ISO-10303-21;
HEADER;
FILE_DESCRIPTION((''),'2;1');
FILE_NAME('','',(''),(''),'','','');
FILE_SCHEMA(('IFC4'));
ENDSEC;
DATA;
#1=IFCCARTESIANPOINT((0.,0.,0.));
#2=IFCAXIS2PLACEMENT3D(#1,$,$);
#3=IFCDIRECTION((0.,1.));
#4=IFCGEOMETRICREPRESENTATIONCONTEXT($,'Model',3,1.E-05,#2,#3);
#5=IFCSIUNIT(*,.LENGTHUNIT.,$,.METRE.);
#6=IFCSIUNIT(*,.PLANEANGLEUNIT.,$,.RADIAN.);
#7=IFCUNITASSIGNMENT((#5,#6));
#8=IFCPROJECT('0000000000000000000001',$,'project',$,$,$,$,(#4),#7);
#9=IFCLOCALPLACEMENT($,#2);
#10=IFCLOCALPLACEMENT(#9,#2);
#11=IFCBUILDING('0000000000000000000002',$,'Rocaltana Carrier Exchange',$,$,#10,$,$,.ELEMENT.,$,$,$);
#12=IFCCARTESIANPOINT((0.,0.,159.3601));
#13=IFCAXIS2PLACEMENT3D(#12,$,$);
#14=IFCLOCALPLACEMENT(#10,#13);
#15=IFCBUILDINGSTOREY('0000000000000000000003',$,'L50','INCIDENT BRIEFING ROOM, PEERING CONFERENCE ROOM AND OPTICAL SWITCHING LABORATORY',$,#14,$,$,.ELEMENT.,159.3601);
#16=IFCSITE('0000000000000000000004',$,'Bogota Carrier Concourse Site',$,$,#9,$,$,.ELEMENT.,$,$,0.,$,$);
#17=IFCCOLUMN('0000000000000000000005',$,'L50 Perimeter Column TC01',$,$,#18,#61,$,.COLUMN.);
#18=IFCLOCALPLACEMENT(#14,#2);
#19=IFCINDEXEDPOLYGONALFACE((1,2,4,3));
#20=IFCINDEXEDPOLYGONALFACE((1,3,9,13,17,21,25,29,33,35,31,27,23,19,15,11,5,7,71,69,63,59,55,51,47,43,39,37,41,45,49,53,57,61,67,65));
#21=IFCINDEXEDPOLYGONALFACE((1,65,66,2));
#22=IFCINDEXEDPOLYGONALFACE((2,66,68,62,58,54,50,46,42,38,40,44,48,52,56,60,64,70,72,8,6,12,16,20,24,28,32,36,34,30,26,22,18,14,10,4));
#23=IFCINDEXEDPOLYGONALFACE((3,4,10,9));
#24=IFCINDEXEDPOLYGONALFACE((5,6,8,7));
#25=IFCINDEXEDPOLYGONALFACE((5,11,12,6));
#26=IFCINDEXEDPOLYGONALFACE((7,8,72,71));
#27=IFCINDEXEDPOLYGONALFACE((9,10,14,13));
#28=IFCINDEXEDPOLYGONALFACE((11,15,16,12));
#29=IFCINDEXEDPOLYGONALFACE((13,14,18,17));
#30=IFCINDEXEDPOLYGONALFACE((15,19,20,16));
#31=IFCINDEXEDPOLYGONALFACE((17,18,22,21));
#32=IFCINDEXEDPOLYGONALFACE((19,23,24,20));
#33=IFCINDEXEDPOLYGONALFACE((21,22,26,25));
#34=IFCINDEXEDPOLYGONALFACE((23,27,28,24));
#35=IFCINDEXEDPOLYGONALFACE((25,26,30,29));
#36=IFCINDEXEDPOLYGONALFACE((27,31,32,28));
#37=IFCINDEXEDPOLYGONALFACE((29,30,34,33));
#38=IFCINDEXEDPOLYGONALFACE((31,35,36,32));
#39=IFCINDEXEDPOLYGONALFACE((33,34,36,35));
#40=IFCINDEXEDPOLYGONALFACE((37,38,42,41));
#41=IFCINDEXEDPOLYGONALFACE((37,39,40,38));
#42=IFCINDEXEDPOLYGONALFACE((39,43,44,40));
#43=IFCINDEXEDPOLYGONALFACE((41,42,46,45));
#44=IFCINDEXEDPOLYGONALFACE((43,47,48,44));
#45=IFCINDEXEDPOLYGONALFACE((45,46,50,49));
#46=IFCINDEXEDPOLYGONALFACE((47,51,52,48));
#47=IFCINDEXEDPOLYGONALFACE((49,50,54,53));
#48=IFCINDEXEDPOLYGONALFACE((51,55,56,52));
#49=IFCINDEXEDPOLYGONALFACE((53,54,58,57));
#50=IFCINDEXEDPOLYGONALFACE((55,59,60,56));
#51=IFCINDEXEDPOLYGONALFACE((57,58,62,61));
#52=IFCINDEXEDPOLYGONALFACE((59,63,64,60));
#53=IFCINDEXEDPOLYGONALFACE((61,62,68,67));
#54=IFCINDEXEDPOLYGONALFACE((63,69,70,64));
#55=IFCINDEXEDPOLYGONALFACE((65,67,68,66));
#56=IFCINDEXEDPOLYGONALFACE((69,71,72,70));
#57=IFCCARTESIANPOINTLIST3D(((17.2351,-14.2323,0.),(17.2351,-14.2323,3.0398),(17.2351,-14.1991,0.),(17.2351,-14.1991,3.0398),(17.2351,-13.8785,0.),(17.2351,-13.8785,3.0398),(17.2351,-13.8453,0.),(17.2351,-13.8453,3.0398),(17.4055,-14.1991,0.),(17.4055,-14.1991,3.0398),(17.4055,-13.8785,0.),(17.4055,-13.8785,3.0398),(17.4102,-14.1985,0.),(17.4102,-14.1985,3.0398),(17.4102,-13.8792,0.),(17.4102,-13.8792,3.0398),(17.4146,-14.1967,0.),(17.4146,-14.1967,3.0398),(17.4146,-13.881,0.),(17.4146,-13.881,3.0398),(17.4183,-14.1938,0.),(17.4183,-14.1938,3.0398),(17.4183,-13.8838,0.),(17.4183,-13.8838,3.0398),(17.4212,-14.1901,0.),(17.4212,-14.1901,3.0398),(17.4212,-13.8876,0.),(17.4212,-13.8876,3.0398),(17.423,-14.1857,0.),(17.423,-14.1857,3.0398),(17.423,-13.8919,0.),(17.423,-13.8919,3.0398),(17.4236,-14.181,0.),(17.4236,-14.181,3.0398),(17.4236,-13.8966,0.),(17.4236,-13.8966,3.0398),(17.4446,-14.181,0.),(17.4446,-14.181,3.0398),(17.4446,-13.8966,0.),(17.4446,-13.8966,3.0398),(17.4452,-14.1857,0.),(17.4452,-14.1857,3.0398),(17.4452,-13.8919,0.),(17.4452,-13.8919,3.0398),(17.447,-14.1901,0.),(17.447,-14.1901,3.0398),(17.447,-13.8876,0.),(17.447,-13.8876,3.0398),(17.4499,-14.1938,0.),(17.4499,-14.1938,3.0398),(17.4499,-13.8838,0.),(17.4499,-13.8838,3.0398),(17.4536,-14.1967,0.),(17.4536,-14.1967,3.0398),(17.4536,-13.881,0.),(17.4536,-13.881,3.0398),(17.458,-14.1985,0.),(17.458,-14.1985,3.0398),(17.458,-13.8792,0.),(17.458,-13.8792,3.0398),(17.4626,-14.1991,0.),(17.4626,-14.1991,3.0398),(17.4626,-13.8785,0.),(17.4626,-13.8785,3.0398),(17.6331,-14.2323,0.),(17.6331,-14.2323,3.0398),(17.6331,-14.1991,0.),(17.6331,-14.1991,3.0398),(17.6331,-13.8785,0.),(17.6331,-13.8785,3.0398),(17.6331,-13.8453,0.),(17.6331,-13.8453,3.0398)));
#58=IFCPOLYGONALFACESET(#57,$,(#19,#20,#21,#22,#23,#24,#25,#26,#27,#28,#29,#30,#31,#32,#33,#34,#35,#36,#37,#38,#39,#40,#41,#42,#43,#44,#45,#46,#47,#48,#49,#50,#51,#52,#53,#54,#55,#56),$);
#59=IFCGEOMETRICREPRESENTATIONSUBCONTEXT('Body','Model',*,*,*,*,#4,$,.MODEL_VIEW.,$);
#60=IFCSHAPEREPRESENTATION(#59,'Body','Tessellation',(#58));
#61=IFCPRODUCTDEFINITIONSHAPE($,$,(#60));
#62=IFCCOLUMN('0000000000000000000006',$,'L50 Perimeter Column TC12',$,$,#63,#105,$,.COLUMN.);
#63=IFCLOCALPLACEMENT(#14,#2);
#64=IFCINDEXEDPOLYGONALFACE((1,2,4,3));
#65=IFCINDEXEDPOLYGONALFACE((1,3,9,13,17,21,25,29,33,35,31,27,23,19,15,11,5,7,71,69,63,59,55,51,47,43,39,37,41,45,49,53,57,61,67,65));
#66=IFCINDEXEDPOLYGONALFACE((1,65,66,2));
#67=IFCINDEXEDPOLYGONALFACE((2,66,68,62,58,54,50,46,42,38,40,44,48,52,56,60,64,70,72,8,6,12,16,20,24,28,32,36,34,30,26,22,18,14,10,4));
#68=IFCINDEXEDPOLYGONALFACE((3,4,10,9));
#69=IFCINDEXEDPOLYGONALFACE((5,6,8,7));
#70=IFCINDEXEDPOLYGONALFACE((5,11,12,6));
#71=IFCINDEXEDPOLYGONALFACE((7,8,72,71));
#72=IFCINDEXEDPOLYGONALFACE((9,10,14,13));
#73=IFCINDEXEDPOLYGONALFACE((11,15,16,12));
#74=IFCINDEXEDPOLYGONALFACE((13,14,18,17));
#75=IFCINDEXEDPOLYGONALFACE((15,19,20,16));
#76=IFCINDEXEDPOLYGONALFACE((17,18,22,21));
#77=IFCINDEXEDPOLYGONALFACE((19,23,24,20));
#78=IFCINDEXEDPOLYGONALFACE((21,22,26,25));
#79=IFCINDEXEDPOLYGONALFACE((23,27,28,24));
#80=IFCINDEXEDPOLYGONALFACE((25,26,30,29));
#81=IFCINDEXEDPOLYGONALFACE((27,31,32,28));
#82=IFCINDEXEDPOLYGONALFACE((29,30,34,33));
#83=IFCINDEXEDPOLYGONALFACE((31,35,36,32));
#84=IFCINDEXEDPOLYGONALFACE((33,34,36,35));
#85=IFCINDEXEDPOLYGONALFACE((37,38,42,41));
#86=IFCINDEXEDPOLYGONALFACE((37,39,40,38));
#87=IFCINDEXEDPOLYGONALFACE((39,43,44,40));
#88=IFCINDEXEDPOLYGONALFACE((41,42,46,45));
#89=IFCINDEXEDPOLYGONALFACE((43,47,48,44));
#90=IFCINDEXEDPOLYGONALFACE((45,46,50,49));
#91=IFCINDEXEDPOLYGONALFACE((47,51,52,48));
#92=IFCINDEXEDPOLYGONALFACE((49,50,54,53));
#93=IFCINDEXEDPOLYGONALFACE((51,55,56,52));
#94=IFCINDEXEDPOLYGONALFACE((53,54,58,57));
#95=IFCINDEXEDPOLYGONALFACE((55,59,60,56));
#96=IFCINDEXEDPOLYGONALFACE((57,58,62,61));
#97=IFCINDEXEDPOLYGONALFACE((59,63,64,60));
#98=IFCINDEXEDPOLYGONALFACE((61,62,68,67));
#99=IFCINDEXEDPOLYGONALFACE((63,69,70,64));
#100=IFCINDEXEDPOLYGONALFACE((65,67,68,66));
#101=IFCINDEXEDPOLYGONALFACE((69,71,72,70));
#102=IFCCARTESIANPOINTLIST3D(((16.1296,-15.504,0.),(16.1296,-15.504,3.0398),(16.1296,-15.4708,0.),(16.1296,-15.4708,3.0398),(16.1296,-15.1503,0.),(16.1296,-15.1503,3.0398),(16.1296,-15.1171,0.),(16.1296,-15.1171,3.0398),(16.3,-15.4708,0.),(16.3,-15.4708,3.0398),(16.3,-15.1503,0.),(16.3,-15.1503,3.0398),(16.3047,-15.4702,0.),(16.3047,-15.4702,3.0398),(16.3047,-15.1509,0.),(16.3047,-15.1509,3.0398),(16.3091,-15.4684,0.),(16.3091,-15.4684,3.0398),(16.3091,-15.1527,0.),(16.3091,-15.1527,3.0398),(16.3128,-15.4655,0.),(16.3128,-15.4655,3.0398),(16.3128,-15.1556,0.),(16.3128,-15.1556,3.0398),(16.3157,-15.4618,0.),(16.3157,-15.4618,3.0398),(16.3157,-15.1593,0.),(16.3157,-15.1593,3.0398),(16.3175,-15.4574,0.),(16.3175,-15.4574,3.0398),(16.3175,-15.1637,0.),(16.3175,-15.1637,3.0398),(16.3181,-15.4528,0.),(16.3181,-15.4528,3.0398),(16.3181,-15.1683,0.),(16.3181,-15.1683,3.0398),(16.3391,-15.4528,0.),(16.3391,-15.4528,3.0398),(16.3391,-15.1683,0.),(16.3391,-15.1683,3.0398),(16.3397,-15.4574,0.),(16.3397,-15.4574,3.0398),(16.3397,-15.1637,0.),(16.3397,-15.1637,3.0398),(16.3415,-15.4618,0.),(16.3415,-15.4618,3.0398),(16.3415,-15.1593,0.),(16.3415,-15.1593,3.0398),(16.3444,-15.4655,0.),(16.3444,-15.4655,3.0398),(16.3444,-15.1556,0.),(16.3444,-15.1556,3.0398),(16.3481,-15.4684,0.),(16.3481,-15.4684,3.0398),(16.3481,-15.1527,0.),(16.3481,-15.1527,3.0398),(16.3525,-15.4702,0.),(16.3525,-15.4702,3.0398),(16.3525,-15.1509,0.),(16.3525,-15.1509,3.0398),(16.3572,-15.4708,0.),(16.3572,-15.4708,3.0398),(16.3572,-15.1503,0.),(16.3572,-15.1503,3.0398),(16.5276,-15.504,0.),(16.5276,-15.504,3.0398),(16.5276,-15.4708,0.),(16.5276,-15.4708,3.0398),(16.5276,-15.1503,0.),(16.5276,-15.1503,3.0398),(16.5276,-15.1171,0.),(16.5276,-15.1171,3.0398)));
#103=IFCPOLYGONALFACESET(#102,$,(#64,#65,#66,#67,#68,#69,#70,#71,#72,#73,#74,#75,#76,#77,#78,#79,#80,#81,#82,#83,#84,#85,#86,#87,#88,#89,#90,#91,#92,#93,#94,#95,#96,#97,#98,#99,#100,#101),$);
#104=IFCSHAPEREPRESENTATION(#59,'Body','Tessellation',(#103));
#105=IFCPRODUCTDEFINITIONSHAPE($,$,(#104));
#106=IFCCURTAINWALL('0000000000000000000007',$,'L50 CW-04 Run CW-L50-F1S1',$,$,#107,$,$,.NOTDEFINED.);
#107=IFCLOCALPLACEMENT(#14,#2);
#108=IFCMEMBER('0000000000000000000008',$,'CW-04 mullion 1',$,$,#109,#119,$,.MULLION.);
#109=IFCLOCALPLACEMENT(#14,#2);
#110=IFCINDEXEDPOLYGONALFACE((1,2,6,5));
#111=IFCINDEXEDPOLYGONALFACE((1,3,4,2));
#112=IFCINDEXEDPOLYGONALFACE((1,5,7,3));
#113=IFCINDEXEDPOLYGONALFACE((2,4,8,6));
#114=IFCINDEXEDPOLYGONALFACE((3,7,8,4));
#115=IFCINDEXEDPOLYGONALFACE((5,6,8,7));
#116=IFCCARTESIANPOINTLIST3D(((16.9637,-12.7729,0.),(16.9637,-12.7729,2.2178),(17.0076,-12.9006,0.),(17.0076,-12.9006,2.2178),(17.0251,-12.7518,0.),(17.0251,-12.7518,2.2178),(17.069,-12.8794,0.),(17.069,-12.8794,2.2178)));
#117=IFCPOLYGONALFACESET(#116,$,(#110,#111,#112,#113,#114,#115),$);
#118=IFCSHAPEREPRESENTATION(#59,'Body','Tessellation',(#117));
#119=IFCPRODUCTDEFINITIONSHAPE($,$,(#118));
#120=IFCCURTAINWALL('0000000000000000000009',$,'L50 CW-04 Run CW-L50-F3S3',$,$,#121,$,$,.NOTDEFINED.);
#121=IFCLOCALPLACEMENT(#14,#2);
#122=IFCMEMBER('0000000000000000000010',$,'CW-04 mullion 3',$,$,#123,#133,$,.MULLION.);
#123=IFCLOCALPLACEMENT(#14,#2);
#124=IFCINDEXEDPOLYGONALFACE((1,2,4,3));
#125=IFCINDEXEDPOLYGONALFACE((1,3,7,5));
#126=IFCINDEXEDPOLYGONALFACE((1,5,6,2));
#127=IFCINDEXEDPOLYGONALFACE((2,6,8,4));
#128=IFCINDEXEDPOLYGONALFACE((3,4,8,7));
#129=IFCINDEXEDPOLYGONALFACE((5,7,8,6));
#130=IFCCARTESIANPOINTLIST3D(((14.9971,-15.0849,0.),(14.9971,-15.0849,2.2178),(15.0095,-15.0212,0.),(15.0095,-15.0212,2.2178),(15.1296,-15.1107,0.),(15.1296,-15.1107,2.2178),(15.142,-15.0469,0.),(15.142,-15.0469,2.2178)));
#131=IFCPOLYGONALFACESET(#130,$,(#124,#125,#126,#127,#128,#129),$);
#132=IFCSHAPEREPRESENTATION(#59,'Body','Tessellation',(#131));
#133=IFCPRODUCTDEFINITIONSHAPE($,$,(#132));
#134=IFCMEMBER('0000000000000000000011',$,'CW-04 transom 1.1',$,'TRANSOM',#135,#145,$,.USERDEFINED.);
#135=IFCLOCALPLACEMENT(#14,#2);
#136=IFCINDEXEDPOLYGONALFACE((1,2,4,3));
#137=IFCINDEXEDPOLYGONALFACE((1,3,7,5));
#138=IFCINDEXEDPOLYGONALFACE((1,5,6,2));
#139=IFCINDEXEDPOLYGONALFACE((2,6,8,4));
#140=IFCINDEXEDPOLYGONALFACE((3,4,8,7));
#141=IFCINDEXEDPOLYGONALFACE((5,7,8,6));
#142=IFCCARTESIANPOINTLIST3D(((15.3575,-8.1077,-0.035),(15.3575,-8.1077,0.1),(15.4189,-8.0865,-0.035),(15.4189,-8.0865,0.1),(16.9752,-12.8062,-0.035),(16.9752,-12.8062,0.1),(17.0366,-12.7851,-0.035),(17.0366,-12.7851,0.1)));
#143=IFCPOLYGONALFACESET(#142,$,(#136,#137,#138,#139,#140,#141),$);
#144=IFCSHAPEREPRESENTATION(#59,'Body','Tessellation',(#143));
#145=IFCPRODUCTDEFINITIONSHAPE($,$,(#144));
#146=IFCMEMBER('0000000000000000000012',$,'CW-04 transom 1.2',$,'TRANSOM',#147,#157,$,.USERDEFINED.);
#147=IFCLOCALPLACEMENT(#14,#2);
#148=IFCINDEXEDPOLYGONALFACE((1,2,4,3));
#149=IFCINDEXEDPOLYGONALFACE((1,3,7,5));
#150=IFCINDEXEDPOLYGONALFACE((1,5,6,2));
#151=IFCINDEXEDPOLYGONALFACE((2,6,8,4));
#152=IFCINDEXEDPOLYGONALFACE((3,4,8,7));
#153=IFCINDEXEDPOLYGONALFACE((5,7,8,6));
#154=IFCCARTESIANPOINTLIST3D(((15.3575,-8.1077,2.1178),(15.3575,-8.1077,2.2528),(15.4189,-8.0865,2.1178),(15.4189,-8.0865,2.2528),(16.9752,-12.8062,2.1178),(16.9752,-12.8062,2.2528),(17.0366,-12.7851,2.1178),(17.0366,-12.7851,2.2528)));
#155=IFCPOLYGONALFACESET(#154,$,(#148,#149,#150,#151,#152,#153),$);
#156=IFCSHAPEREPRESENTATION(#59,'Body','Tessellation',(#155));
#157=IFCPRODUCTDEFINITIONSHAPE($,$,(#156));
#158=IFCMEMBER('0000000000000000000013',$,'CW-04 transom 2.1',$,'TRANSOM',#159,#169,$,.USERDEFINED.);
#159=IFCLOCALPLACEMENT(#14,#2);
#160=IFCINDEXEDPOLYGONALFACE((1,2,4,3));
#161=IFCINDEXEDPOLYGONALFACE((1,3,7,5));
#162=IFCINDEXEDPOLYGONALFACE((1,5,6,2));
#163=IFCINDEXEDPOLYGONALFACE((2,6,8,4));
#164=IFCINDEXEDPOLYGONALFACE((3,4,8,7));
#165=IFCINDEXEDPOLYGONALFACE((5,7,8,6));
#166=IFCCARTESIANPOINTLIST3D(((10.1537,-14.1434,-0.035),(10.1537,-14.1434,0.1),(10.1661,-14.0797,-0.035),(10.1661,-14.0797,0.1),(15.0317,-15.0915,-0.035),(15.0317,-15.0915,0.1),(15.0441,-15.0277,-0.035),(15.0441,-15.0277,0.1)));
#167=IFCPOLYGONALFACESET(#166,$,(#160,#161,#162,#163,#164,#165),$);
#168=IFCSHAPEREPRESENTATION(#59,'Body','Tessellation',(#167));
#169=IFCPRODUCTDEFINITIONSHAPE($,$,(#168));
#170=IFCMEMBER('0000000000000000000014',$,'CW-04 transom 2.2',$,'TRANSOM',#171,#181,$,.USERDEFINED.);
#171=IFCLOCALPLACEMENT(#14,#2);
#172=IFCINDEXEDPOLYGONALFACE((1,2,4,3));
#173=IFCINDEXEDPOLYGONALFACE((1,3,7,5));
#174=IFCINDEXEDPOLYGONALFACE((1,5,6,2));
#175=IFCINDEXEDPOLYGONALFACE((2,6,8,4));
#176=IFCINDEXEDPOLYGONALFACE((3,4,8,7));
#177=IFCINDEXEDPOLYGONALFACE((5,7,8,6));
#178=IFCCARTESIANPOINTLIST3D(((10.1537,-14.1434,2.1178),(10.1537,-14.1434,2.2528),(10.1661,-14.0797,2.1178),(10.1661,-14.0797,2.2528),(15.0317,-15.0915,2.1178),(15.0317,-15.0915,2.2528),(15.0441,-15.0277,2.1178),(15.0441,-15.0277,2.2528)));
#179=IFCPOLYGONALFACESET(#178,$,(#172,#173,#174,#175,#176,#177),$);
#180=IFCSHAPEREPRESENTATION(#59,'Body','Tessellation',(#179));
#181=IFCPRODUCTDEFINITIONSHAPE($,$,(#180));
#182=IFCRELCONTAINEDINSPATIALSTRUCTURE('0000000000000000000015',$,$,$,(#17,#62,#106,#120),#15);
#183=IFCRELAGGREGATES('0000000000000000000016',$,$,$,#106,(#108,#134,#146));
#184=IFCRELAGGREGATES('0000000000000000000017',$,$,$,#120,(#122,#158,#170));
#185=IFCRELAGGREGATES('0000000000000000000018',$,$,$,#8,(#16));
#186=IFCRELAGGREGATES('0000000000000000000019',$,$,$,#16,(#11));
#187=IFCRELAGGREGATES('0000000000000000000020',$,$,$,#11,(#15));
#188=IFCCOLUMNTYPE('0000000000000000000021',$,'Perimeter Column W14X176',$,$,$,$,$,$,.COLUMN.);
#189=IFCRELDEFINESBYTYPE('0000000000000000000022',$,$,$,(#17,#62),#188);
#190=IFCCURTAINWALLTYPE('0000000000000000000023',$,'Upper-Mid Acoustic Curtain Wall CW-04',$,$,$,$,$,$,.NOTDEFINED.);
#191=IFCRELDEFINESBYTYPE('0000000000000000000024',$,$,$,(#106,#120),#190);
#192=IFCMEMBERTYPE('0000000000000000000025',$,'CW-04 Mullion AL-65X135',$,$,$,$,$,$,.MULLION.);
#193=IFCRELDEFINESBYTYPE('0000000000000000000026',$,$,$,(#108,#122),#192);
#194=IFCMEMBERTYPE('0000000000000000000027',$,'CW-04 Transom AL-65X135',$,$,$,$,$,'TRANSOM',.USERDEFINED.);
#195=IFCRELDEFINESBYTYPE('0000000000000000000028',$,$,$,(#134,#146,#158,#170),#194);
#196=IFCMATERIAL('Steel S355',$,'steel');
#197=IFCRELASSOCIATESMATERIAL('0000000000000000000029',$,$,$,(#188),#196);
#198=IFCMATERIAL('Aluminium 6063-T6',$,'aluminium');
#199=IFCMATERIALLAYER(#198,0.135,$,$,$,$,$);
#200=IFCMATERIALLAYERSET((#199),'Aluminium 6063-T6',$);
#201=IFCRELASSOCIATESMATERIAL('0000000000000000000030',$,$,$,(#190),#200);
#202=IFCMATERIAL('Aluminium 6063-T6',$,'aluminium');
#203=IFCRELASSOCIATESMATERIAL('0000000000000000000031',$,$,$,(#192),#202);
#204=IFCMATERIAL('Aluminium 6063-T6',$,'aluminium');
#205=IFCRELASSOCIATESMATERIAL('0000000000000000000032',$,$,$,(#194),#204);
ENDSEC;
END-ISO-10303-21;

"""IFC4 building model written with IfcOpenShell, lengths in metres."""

from ifc_helpers import new_model, si_unit, direction, frame, origin, origin_2d, place, context, subcontext, project, spatial, rectangle, i_section, extrude, material, layer, layer_set, material_profile, profile_set, type_object, element, aggregate, save


model = new_model("IFC4")

# Units and contexts
model_context = context("Model", 3, precision=1e-05, world=origin(), true_north=direction((0.0, 1.0)))
body_context = subcontext(model_context, "Body", "Model", "MODEL_VIEW")
ifc_project = project(units=[si_unit("LENGTHUNIT", "METRE"), si_unit("PLANEANGLEUNIT", "RADIAN")], contexts=[model_context])

# Site, building, storey
site_placement = place(None, origin())
site = spatial("IfcSite", under=ifc_project, at=site_placement, Name="Bogota Carrier Concourse Site", CompositionType="ELEMENT", RefElevation=0.0)
building_placement = place(site_placement, origin())
building = spatial("IfcBuilding", under=site, at=building_placement, Name="Rocaltana Carrier Exchange", CompositionType="ELEMENT")
storey_placement = place(building_placement, frame((0.0, 0.0, 159.3601)))
storey = spatial("IfcBuildingStorey", under=building, at=storey_placement, Name="L50", Description="INCIDENT BRIEFING ROOM, PEERING CONFERENCE ROOM AND OPTICAL SWITCHING LABORATORY", CompositionType="ELEMENT", Elevation=159.3601)

# Columns
ifc_material_1 = material(Name="Steel S355", Category="steel")
ifc_material_profile_1 = material_profile(ifc_material_1, i_section(OverallWidth=0.3979, OverallDepth=0.387, WebThickness=0.021, FlangeThickness=0.0332, FilletRadius=0.0181, at=origin_2d()), Name="W14X176")
ifc_profile_set_1 = profile_set([ifc_material_profile_1], Name="Steel S355")
column_type = type_object("IfcColumnType", Name="Perimeter Column W14X176", PredefinedType="COLUMN", material=ifc_profile_set_1)
for number, where, z_axis, x_axis, name in (
    (1, (17.4341, -14.0388, 0.0), (0.0, 0.0, 1.0), (1.0, 0.0, 0.0), "L50 Perimeter Column TC01"),
    (2, (16.3286, -15.3105, 0.0), (0.0, 0.0, 1.0), (1.0, 0.0, 0.0), "L50 Perimeter Column TC12"),
):
    element("IfcColumn", number, at=place(storey_placement, frame(where, z_axis=z_axis, x_axis=x_axis)), inside=storey, type_object=column_type, Name=name, PredefinedType="COLUMN", context=body_context, shape_type="SweptSolid", body=[
        extrude(i_section(OverallWidth=0.3979, OverallDepth=0.387, WebThickness=0.021, FlangeThickness=0.0332, FilletRadius=0.0181, at=origin_2d()), origin(), (0.0, 0.0, 1.0), 3.0398),
    ])

# Curtain walls, members
ifc_material_2 = material(Name="Aluminium 6063-T6", Category="aluminium")
ifc_layer_1 = layer(ifc_material_2, 0.135)
ifc_layer_set_1 = layer_set([ifc_layer_1], Name="Aluminium 6063-T6")
curtain_wall_type = type_object("IfcCurtainWallType", Name="Upper-Mid Acoustic Curtain Wall CW-04", PredefinedType="NOTDEFINED", material=ifc_layer_set_1)
curtain_wall_1_placement = place(storey_placement, origin())
curtain_wall_1 = element("IfcCurtainWall", 3, at=curtain_wall_1_placement, inside=storey, type_object=curtain_wall_type, Name="L50 CW-04 Run CW-L50-F1S1", PredefinedType="NOTDEFINED")
ifc_material_3 = material(Name="Aluminium 6063-T6", Category="aluminium")
ifc_material_profile_2 = material_profile(ifc_material_3, rectangle(XDim=0.0649, YDim=0.135, at=origin_2d()), Name="AL-65X135")
ifc_profile_set_2 = profile_set([ifc_material_profile_2], Name="Aluminium 6063-T6")
member_type_1 = type_object("IfcMemberType", Name="CW-04 Mullion AL-65X135", PredefinedType="MULLION", material=ifc_profile_set_2)
member_1_placement = place(storey_placement, frame((17.0164, -12.8262, 0.0), z_axis=(0.0, 0.0, 1.0), x_axis=(-0.945522, -0.325559, 0.0)))
member_1 = element("IfcMember", 4, at=member_1_placement, type_object=member_type_1, Name="CW-04 mullion 1", PredefinedType="MULLION", context=body_context, shape_type="SweptSolid", body=[
    extrude(rectangle(XDim=0.0649, YDim=0.135, at=origin_2d()), origin(), (0.0, 0.0, 1.0), 2.2178),
])
curtain_wall_2_placement = place(storey_placement, origin())
curtain_wall_2 = element("IfcCurtainWall", 5, at=curtain_wall_2_placement, inside=storey, type_object=curtain_wall_type, Name="L50 CW-04 Run CW-L50-F3S3", PredefinedType="NOTDEFINED")
member_2_placement = place(storey_placement, frame((15.0696, -15.0659, 0.0), z_axis=(0.0, 0.0, 1.0), x_axis=(0.190805, 0.981628, 0.0)))
member_2 = element("IfcMember", 6, at=member_2_placement, type_object=member_type_1, Name="CW-04 mullion 3", PredefinedType="MULLION", context=body_context, shape_type="SweptSolid", body=[
    extrude(rectangle(XDim=0.0649, YDim=0.135, at=origin_2d()), origin(), (0.0, 0.0, 1.0), 2.2178),
])

# Members
ifc_material_4 = material(Name="Aluminium 6063-T6", Category="aluminium")
ifc_material_profile_3 = material_profile(ifc_material_4, rectangle(XDim=0.0649, YDim=0.135, at=origin_2d()), Name="AL-65X135")
ifc_profile_set_3 = profile_set([ifc_material_profile_3], Name="Aluminium 6063-T6")
member_type_2 = type_object("IfcMemberType", Name="CW-04 Transom AL-65X135", ElementType="TRANSOM", PredefinedType="USERDEFINED", material=ifc_profile_set_3)
member_3_placement = place(storey_placement, frame((17.0059, -12.7957, 0.0325), z_axis=(-0.325542, 0.945527, 0.0), x_axis=(-0.945527, -0.325542, 0.0)))
member_3 = element("IfcMember", 7, at=member_3_placement, type_object=member_type_2, Name="CW-04 transom 1.1", ObjectType="TRANSOM", PredefinedType="USERDEFINED", context=body_context, shape_type="SweptSolid", body=[
    extrude(rectangle(XDim=0.0649, YDim=0.135, at=origin_2d()), origin(), (0.0, 0.0, 1.0), 4.9692),
])
member_4_placement = place(storey_placement, frame((17.0059, -12.7957, 2.1853), z_axis=(-0.325542, 0.945527, 0.0), x_axis=(-0.945527, -0.325542, 0.0)))
member_4 = element("IfcMember", 8, at=member_4_placement, type_object=member_type_2, Name="CW-04 transom 1.2", ObjectType="TRANSOM", PredefinedType="USERDEFINED", context=body_context, shape_type="SweptSolid", body=[
    extrude(rectangle(XDim=0.0649, YDim=0.135, at=origin_2d()), origin(), (0.0, 0.0, 1.0), 4.9692),
])
aggregate(curtain_wall_1, [member_1, member_3, member_4])
member_5_placement = place(storey_placement, frame((10.1599, -14.1116, 0.0325), z_axis=(0.981634, -0.190775, 0.0), x_axis=(0.190775, 0.981634, 0.0)))
member_5 = element("IfcMember", 9, at=member_5_placement, type_object=member_type_2, Name="CW-04 transom 2.1", ObjectType="TRANSOM", PredefinedType="USERDEFINED", context=body_context, shape_type="SweptSolid", body=[
    extrude(rectangle(XDim=0.0649, YDim=0.135, at=origin_2d()), origin(), (0.0, 0.0, 1.0), 4.9692),
])
member_6_placement = place(storey_placement, frame((10.1599, -14.1116, 2.1853), z_axis=(0.981634, -0.190775, 0.0), x_axis=(0.190775, 0.981634, 0.0)))
member_6 = element("IfcMember", 10, at=member_6_placement, type_object=member_type_2, Name="CW-04 transom 2.2", ObjectType="TRANSOM", PredefinedType="USERDEFINED", context=body_context, shape_type="SweptSolid", body=[
    extrude(rectangle(XDim=0.0649, YDim=0.135, at=origin_2d()), origin(), (0.0, 0.0, 1.0), 4.9692),
])

aggregate(curtain_wall_2, [member_2, member_5, member_6])

save(model, "model.ifc")
